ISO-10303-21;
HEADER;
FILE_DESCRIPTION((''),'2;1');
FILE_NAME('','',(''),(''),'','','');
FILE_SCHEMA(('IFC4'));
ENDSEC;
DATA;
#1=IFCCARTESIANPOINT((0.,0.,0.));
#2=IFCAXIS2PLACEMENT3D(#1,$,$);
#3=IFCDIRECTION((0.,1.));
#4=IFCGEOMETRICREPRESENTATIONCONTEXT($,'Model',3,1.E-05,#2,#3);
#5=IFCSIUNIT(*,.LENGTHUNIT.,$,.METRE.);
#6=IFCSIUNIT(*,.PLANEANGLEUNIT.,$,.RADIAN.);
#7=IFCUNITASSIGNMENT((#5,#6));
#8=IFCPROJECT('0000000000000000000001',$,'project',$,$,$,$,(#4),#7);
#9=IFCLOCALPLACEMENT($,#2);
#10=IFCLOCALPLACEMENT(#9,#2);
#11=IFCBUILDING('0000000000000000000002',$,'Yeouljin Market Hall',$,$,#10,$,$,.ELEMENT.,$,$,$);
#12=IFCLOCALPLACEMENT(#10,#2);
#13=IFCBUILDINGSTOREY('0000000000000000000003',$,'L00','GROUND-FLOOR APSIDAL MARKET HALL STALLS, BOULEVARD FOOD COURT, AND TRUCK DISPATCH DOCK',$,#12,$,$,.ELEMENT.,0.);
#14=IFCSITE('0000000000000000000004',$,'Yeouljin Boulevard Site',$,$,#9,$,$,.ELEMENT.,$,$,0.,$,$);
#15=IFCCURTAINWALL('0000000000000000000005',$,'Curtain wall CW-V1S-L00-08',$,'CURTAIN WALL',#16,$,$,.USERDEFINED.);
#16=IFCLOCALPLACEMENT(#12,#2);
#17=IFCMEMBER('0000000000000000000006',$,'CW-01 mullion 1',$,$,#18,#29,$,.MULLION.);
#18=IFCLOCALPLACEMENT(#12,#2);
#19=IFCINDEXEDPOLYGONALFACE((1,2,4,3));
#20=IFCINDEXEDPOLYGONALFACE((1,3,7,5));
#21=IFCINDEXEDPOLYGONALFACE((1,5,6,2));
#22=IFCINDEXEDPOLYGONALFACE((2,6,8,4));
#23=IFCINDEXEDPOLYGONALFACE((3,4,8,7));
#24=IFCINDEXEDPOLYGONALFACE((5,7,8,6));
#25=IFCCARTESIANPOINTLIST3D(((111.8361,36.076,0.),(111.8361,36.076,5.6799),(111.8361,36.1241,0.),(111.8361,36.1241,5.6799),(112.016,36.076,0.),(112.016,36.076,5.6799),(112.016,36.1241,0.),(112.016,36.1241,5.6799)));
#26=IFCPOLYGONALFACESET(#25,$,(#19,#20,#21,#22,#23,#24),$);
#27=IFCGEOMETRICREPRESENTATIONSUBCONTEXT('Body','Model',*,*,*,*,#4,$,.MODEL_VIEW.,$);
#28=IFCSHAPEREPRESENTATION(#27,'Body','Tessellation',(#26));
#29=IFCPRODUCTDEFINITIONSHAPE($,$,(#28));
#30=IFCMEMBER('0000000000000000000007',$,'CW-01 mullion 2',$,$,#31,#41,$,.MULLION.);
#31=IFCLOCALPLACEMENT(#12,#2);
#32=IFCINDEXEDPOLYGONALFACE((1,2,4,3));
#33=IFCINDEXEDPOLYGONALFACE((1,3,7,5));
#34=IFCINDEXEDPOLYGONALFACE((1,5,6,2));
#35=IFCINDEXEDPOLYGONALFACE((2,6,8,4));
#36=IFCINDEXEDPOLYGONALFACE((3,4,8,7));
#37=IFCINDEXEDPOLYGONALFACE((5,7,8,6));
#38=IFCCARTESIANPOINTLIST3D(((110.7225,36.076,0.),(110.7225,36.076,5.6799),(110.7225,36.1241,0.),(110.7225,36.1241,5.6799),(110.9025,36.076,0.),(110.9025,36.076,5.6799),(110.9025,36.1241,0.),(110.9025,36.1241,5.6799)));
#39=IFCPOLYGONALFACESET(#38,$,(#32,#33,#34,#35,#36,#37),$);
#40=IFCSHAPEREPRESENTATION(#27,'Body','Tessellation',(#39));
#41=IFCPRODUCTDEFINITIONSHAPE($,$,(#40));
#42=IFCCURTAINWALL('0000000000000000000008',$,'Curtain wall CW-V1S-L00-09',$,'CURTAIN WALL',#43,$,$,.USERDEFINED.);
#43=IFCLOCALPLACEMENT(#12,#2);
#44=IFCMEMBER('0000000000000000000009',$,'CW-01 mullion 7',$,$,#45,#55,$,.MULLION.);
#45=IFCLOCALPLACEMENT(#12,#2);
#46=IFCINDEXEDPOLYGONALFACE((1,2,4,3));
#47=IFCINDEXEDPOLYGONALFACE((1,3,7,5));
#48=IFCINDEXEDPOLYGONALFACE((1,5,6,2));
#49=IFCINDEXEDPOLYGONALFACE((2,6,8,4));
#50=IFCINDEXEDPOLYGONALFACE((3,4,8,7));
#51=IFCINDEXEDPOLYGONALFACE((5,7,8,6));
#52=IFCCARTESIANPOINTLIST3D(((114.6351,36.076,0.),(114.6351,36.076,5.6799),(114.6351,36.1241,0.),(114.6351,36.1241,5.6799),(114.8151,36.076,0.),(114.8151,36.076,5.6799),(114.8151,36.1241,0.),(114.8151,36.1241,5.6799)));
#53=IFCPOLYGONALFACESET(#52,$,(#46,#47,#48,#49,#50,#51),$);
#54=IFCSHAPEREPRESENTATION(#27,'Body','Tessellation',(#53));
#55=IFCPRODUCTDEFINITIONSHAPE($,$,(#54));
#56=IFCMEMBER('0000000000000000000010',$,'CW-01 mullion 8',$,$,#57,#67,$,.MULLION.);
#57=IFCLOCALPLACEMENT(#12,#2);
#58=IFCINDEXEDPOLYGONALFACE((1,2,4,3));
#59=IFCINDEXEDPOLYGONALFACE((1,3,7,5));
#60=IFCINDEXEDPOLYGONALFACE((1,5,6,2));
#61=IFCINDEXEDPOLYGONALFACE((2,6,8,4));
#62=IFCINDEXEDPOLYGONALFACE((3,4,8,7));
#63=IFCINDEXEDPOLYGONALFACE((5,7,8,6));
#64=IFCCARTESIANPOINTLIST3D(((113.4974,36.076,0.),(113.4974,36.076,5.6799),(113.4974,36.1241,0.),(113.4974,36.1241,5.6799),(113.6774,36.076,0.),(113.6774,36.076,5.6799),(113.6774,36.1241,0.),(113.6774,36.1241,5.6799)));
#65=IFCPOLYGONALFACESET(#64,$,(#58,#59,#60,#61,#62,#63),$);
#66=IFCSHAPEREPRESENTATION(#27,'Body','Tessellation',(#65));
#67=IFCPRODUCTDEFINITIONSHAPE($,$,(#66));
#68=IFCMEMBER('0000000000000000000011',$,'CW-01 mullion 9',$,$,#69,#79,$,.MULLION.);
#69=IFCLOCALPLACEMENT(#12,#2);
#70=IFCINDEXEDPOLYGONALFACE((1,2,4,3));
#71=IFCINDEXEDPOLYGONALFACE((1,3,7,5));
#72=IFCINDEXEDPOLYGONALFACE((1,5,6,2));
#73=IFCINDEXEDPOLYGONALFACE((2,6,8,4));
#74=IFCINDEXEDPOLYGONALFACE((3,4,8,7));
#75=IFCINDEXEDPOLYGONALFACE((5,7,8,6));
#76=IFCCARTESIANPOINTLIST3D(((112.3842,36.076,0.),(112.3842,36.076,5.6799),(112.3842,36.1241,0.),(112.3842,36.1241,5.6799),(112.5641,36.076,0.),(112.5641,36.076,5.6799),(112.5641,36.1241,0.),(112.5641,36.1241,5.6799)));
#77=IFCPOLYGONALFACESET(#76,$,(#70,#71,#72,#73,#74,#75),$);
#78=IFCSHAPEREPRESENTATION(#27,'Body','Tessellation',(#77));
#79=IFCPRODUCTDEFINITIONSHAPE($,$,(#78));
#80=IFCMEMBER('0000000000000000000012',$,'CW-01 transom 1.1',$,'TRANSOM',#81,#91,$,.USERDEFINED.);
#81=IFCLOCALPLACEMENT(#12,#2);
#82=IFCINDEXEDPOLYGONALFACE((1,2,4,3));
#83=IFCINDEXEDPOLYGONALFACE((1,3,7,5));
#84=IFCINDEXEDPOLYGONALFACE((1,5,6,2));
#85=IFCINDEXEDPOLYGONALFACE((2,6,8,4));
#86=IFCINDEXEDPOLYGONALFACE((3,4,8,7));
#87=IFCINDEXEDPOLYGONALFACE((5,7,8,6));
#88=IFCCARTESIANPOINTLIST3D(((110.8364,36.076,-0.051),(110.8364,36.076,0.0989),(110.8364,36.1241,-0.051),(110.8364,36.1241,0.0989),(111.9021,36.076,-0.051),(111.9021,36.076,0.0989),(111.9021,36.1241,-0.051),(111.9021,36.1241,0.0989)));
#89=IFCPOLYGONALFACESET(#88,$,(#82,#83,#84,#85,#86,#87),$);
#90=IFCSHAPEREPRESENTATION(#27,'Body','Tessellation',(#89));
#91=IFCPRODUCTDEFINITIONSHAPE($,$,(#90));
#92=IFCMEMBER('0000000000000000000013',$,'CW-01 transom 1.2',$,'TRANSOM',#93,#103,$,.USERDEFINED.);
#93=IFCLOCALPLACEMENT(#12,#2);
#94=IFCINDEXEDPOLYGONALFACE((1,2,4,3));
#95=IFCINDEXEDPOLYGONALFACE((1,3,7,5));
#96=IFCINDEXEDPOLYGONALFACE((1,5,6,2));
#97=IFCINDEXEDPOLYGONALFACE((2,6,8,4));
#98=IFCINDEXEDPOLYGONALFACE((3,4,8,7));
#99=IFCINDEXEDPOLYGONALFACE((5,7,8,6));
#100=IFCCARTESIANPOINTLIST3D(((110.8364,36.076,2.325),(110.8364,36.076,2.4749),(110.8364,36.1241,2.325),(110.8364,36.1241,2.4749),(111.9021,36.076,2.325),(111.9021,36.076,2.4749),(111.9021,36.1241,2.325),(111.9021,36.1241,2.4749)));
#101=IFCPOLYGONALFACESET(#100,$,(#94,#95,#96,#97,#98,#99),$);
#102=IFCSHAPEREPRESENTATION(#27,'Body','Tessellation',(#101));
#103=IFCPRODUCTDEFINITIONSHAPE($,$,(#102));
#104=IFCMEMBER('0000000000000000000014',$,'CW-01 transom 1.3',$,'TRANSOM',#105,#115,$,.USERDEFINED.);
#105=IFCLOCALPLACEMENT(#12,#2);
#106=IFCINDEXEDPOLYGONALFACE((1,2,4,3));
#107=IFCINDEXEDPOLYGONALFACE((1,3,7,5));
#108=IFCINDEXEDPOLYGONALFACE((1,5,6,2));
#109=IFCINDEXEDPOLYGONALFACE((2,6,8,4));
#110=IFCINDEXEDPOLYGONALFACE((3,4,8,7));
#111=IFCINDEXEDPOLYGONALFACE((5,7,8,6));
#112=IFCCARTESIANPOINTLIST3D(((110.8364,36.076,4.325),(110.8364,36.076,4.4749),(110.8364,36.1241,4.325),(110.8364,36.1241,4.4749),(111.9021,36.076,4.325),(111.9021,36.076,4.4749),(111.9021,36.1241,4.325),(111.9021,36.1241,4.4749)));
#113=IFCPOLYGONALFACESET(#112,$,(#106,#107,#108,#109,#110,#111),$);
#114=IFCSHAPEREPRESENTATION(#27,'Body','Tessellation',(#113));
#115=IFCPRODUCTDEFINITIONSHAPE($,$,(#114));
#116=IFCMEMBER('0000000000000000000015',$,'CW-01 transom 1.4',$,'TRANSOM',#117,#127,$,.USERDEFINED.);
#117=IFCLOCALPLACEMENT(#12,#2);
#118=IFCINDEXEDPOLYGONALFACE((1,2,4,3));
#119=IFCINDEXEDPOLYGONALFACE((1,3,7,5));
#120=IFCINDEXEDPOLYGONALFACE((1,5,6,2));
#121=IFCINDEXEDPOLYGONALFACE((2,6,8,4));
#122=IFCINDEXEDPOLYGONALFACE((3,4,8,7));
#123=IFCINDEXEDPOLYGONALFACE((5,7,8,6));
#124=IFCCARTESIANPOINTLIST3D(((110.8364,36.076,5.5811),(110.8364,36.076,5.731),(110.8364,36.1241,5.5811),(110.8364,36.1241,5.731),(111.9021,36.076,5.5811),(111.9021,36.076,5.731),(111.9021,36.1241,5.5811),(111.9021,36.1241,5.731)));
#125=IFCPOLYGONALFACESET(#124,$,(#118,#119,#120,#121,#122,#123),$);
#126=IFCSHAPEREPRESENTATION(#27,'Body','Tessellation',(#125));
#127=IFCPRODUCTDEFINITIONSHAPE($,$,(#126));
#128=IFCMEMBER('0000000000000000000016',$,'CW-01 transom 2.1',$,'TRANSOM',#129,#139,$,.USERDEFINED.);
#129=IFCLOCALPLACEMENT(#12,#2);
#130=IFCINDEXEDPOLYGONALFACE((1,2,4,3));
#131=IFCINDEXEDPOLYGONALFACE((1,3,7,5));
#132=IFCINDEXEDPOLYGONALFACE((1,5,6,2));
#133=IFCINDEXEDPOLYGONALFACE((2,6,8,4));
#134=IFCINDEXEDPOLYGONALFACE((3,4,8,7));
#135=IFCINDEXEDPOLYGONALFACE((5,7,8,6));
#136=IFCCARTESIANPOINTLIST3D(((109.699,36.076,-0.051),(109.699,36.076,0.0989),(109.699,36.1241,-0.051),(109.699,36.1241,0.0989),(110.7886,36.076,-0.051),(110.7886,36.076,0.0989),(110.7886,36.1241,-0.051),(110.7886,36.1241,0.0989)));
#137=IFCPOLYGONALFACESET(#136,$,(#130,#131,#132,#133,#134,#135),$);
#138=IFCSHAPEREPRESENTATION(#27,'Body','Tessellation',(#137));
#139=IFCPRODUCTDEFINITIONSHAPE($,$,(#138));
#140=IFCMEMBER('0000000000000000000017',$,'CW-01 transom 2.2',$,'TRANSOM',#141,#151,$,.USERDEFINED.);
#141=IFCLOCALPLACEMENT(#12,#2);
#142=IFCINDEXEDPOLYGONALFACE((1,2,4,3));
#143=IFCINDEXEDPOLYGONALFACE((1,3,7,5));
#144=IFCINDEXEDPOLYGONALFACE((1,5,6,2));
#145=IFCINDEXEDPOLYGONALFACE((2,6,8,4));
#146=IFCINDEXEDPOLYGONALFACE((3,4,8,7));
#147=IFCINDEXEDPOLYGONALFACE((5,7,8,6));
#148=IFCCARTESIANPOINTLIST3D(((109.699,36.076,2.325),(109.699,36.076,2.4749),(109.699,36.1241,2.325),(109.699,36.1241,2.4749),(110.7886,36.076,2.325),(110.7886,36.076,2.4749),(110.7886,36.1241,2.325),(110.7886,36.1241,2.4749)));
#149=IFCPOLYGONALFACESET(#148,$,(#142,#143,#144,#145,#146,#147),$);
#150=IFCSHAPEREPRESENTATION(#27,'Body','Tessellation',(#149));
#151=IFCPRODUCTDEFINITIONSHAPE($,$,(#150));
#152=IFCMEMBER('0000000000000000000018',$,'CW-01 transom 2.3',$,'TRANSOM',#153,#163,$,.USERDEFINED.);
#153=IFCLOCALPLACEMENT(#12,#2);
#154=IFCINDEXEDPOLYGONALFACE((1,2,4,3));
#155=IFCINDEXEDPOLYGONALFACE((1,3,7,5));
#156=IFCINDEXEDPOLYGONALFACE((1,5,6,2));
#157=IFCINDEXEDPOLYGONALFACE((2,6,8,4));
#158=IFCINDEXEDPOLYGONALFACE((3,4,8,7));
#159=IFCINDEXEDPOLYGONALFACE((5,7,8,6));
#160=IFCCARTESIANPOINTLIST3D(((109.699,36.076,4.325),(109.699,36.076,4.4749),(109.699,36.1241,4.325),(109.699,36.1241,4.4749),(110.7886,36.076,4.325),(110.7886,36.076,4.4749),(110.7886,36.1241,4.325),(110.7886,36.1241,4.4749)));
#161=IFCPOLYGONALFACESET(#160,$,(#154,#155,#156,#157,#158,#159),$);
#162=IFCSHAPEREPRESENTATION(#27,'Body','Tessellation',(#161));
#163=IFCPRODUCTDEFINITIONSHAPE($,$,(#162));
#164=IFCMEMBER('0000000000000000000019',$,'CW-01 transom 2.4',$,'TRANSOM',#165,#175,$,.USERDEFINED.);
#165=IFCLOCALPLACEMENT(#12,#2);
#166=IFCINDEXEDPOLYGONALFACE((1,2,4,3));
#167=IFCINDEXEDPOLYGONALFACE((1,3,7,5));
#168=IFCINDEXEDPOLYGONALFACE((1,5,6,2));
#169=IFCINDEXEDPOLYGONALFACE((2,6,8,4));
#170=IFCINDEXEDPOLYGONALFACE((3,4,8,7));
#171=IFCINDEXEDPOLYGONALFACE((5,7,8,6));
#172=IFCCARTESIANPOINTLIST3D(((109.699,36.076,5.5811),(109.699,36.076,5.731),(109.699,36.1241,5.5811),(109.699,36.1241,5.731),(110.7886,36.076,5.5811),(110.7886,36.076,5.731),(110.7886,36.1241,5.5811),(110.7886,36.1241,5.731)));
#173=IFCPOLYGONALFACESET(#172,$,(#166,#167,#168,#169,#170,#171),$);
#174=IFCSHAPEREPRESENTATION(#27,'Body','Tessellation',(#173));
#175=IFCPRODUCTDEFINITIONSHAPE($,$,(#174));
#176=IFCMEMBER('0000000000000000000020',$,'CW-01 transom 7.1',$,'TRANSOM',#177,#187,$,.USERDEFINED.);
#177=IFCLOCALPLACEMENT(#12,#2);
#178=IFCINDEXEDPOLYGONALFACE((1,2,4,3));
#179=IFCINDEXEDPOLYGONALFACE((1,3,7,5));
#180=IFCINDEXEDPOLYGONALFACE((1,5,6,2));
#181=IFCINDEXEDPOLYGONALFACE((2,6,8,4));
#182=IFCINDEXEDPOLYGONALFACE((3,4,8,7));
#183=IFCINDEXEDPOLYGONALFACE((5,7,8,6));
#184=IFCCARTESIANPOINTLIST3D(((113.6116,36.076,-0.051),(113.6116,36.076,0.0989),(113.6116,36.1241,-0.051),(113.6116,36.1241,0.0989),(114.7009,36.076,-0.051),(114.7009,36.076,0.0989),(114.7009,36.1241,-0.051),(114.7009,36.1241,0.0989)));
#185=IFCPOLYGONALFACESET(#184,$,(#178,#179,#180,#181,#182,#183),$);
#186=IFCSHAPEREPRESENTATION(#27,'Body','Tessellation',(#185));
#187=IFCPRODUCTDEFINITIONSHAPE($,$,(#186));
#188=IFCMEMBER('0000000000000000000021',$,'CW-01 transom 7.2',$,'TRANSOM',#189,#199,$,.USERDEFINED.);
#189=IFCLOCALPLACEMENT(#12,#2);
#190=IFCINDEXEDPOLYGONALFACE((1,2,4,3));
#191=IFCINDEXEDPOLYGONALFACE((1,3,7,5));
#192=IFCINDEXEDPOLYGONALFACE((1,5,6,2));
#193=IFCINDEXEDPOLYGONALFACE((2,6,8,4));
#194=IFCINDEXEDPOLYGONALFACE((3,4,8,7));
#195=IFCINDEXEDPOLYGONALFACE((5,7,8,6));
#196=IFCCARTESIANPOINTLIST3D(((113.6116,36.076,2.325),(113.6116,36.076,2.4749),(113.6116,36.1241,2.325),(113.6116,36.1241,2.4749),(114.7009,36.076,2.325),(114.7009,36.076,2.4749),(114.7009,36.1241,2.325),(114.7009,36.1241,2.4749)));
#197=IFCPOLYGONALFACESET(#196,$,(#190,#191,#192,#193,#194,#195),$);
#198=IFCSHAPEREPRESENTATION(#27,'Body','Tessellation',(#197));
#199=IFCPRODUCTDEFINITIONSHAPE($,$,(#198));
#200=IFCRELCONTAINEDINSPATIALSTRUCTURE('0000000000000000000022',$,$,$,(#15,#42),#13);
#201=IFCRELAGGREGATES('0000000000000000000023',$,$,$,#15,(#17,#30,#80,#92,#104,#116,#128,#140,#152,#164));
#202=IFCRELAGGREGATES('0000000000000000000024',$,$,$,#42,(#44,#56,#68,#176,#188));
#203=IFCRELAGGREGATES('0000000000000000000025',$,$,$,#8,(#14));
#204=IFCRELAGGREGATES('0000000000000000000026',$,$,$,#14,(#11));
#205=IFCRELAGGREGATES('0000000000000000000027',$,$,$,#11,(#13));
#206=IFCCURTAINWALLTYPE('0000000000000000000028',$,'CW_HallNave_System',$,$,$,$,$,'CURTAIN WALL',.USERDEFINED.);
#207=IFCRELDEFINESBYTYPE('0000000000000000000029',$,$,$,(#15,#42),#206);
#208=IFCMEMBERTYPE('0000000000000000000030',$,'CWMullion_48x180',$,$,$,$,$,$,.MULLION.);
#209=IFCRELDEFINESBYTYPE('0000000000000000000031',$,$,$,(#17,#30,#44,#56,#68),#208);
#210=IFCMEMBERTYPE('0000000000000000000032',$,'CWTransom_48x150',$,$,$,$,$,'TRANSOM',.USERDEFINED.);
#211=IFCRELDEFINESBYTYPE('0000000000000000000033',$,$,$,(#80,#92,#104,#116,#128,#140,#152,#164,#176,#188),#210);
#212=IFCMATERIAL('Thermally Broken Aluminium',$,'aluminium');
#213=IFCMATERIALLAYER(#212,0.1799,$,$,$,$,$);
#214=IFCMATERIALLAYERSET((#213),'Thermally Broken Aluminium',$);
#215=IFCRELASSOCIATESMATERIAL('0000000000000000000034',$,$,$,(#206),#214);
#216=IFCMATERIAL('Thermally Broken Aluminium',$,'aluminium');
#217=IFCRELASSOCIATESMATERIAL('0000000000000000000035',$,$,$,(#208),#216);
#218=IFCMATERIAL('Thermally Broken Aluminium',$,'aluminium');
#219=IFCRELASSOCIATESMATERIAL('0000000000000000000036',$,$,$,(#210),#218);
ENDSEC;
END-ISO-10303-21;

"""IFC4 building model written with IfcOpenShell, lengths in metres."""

from ifc_helpers import new_model, si_unit, direction, frame, origin, origin_2d, place, context, subcontext, project, spatial, rectangle, extrude, material, layer, layer_set, material_profile, profile_set, type_object, element, aggregate, save


model = new_model("IFC4")

# Units and contexts
model_context = context("Model", 3, precision=1e-05, world=origin(), true_north=direction((0.0, 1.0)))
body_context = subcontext(model_context, "Body", "Model", "MODEL_VIEW")
ifc_project = project(units=[si_unit("LENGTHUNIT", "METRE"), si_unit("PLANEANGLEUNIT", "RADIAN")], contexts=[model_context])

# Site, building, storey
site_placement = place(None, origin())
site = spatial("IfcSite", under=ifc_project, at=site_placement, Name="Yeouljin Boulevard Site", CompositionType="ELEMENT", RefElevation=0.0)
building_placement = place(site_placement, origin())
building = spatial("IfcBuilding", under=site, at=building_placement, Name="Yeouljin Market Hall", CompositionType="ELEMENT")
storey_placement = place(building_placement, origin())
storey = spatial("IfcBuildingStorey", under=building, at=storey_placement, Name="L00", Description="GROUND-FLOOR APSIDAL MARKET HALL STALLS, BOULEVARD FOOD COURT, AND TRUCK DISPATCH DOCK", CompositionType="ELEMENT", Elevation=0.0)

# Curtain walls, members
ifc_material_1 = material(Name="Thermally Broken Aluminium", Category="aluminium")
ifc_layer_1 = layer(ifc_material_1, 0.1799)
ifc_layer_set_1 = layer_set([ifc_layer_1], Name="Thermally Broken Aluminium")
curtain_wall_type = type_object("IfcCurtainWallType", Name="CW_HallNave_System", ElementType="CURTAIN WALL", PredefinedType="USERDEFINED", material=ifc_layer_set_1)
curtain_wall_1_placement = place(storey_placement, origin())
curtain_wall_1 = element("IfcCurtainWall", 1, at=curtain_wall_1_placement, inside=storey, type_object=curtain_wall_type, Name="Curtain wall CW-V1S-L00-08", ObjectType="CURTAIN WALL", PredefinedType="USERDEFINED")
ifc_material_2 = material(Name="Thermally Broken Aluminium", Category="aluminium")
ifc_material_profile_1 = material_profile(ifc_material_2, rectangle(XDim=0.0481, YDim=0.1799, at=origin_2d()), Name="CW-MULL-48x180")
ifc_profile_set_1 = profile_set([ifc_material_profile_1], Name="Thermally Broken Aluminium")
member_type_1 = type_object("IfcMemberType", Name="CWMullion_48x180", PredefinedType="MULLION", material=ifc_profile_set_1)
member_1_placement = place(storey_placement, frame((111.926, 36.1001, 0.0), z_axis=(0.0, 0.0, 1.0), x_axis=(0.0, -1.0, 0.0)))
member_1 = element("IfcMember", 2, at=member_1_placement, type_object=member_type_1, Name="CW-01 mullion 1", PredefinedType="MULLION", context=body_context, shape_type="SweptSolid", body=[
    extrude(rectangle(XDim=0.0481, YDim=0.1799, at=origin_2d()), origin(), (0.0, 0.0, 1.0), 5.6799),
])
member_2_placement = place(storey_placement, frame((110.8125, 36.1001, 0.0), z_axis=(0.0, 0.0, 1.0), x_axis=(0.0, -1.0, 0.0)))
member_2 = element("IfcMember", 3, at=member_2_placement, type_object=member_type_1, Name="CW-01 mullion 2", PredefinedType="MULLION", context=body_context, shape_type="SweptSolid", body=[
    extrude(rectangle(XDim=0.0481, YDim=0.1799, at=origin_2d()), origin(), (0.0, 0.0, 1.0), 5.6799),
])
curtain_wall_2_placement = place(storey_placement, origin())
curtain_wall_2 = element("IfcCurtainWall", 4, at=curtain_wall_2_placement, inside=storey, type_object=curtain_wall_type, Name="Curtain wall CW-V1S-L00-09", ObjectType="CURTAIN WALL", PredefinedType="USERDEFINED")
member_3_placement = place(storey_placement, frame((114.7251, 36.1001, 0.0), z_axis=(0.0, 0.0, 1.0), x_axis=(0.0, -1.0, 0.0)))
member_3 = element("IfcMember", 5, at=member_3_placement, type_object=member_type_1, Name="CW-01 mullion 7", PredefinedType="MULLION", context=body_context, shape_type="SweptSolid", body=[
    extrude(rectangle(XDim=0.0481, YDim=0.1799, at=origin_2d()), origin(), (0.0, 0.0, 1.0), 5.6799),
])
member_4_placement = place(storey_placement, frame((113.5874, 36.1001, 0.0), z_axis=(0.0, 0.0, 1.0), x_axis=(0.0, -1.0, 0.0)))
member_4 = element("IfcMember", 6, at=member_4_placement, type_object=member_type_1, Name="CW-01 mullion 8", PredefinedType="MULLION", context=body_context, shape_type="SweptSolid", body=[
    extrude(rectangle(XDim=0.0481, YDim=0.1799, at=origin_2d()), origin(), (0.0, 0.0, 1.0), 5.6799),
])
member_5_placement = place(storey_placement, frame((112.4741, 36.1001, 0.0), z_axis=(0.0, 0.0, 1.0), x_axis=(0.0, -1.0, 0.0)))
member_5 = element("IfcMember", 7, at=member_5_placement, type_object=member_type_1, Name="CW-01 mullion 9", PredefinedType="MULLION", context=body_context, shape_type="SweptSolid", body=[
    extrude(rectangle(XDim=0.0481, YDim=0.1799, at=origin_2d()), origin(), (0.0, 0.0, 1.0), 5.6799),
])

# Members
ifc_material_3 = material(Name="Thermally Broken Aluminium", Category="aluminium")
ifc_material_profile_2 = material_profile(ifc_material_3, rectangle(XDim=0.0481, YDim=0.1499, at=origin_2d()), Name="CW-TRAN-48x150")
ifc_profile_set_2 = profile_set([ifc_material_profile_2], Name="Thermally Broken Aluminium")
member_type_2 = type_object("IfcMemberType", Name="CWTransom_48x150", ElementType="TRANSOM", PredefinedType="USERDEFINED", material=ifc_profile_set_2)
member_6_placement = place(storey_placement, frame((111.9021, 36.1001, 0.0239), z_axis=(-1.0, 0.0, 0.0), x_axis=(0.0, -1.0, 0.0)))
member_6 = element("IfcMember", 8, at=member_6_placement, type_object=member_type_2, Name="CW-01 transom 1.1", ObjectType="TRANSOM", PredefinedType="USERDEFINED", context=body_context, shape_type="SweptSolid", body=[
    extrude(rectangle(XDim=0.0481, YDim=0.1499, at=origin_2d()), origin(), (0.0, 0.0, 1.0), 1.0657),
])
member_7_placement = place(storey_placement, frame((111.9021, 36.1001, 2.3999), z_axis=(-1.0, 0.0, 0.0), x_axis=(0.0, -1.0, 0.0)))
member_7 = element("IfcMember", 9, at=member_7_placement, type_object=member_type_2, Name="CW-01 transom 1.2", ObjectType="TRANSOM", PredefinedType="USERDEFINED", context=body_context, shape_type="SweptSolid", body=[
    extrude(rectangle(XDim=0.0481, YDim=0.1499, at=origin_2d()), origin(), (0.0, 0.0, 1.0), 1.0657),
])
member_8_placement = place(storey_placement, frame((111.9021, 36.1001, 4.3999), z_axis=(-1.0, 0.0, 0.0), x_axis=(0.0, -1.0, 0.0)))
member_8 = element("IfcMember", 10, at=member_8_placement, type_object=member_type_2, Name="CW-01 transom 1.3", ObjectType="TRANSOM", PredefinedType="USERDEFINED", context=body_context, shape_type="SweptSolid", body=[
    extrude(rectangle(XDim=0.0481, YDim=0.1499, at=origin_2d()), origin(), (0.0, 0.0, 1.0), 1.0657),
])
member_9_placement = place(storey_placement, frame((111.9021, 36.1001, 5.656), z_axis=(-1.0, 0.0, 0.0), x_axis=(0.0, -1.0, 0.0)))
member_9 = element("IfcMember", 11, at=member_9_placement, type_object=member_type_2, Name="CW-01 transom 1.4", ObjectType="TRANSOM", PredefinedType="USERDEFINED", context=body_context, shape_type="SweptSolid", body=[
    extrude(rectangle(XDim=0.0481, YDim=0.1499, at=origin_2d()), origin(), (0.0, 0.0, 1.0), 1.0657),
])
member_10_placement = place(storey_placement, frame((110.7886, 36.1001, 0.0239), z_axis=(-1.0, 0.0, 0.0), x_axis=(0.0, -1.0, 0.0)))
member_10 = element("IfcMember", 12, at=member_10_placement, type_object=member_type_2, Name="CW-01 transom 2.1", ObjectType="TRANSOM", PredefinedType="USERDEFINED", context=body_context, shape_type="SweptSolid", body=[
    extrude(rectangle(XDim=0.0481, YDim=0.1499, at=origin_2d()), origin(), (0.0, 0.0, 1.0), 1.0896),
])
member_11_placement = place(storey_placement, frame((110.7886, 36.1001, 2.3999), z_axis=(-1.0, 0.0, 0.0), x_axis=(0.0, -1.0, 0.0)))
member_11 = element("IfcMember", 13, at=member_11_placement, type_object=member_type_2, Name="CW-01 transom 2.2", ObjectType="TRANSOM", PredefinedType="USERDEFINED", context=body_context, shape_type="SweptSolid", body=[
    extrude(rectangle(XDim=0.0481, YDim=0.1499, at=origin_2d()), origin(), (0.0, 0.0, 1.0), 1.0896),
])
member_12_placement = place(storey_placement, frame((110.7886, 36.1001, 4.3999), z_axis=(-1.0, 0.0, 0.0), x_axis=(0.0, -1.0, 0.0)))
member_12 = element("IfcMember", 14, at=member_12_placement, type_object=member_type_2, Name="CW-01 transom 2.3", ObjectType="TRANSOM", PredefinedType="USERDEFINED", context=body_context, shape_type="SweptSolid", body=[
    extrude(rectangle(XDim=0.0481, YDim=0.1499, at=origin_2d()), origin(), (0.0, 0.0, 1.0), 1.0896),
])
member_13_placement = place(storey_placement, frame((110.7886, 36.1001, 5.656), z_axis=(-1.0, 0.0, 0.0), x_axis=(0.0, -1.0, 0.0)))
member_13 = element("IfcMember", 15, at=member_13_placement, type_object=member_type_2, Name="CW-01 transom 2.4", ObjectType="TRANSOM", PredefinedType="USERDEFINED", context=body_context, shape_type="SweptSolid", body=[
    extrude(rectangle(XDim=0.0481, YDim=0.1499, at=origin_2d()), origin(), (0.0, 0.0, 1.0), 1.0896),
])
member_14_placement = place(storey_placement, frame((114.7009, 36.1001, 0.0239), z_axis=(-1.0, 0.0, 0.0), x_axis=(0.0, -1.0, 0.0)))
member_14 = element("IfcMember", 16, at=member_14_placement, type_object=member_type_2, Name="CW-01 transom 7.1", ObjectType="TRANSOM", PredefinedType="USERDEFINED", context=body_context, shape_type="SweptSolid", body=[
    extrude(rectangle(XDim=0.0481, YDim=0.1499, at=origin_2d()), origin(), (0.0, 0.0, 1.0), 1.0894),
])
member_15_placement = place(storey_placement, frame((114.7009, 36.1001, 2.3999), z_axis=(-1.0, 0.0, 0.0), x_axis=(0.0, -1.0, 0.0)))
member_15 = element("IfcMember", 17, at=member_15_placement, type_object=member_type_2, Name="CW-01 transom 7.2", ObjectType="TRANSOM", PredefinedType="USERDEFINED", context=body_context, shape_type="SweptSolid", body=[
    extrude(rectangle(XDim=0.0481, YDim=0.1499, at=origin_2d()), origin(), (0.0, 0.0, 1.0), 1.0894),
])

aggregate(curtain_wall_1, [member_1, member_2, member_6, member_7, member_8, member_9, member_10, member_11, member_12, member_13])
aggregate(curtain_wall_2, [member_3, member_4, member_5, member_14, member_15])

save(model, "model.ifc")
